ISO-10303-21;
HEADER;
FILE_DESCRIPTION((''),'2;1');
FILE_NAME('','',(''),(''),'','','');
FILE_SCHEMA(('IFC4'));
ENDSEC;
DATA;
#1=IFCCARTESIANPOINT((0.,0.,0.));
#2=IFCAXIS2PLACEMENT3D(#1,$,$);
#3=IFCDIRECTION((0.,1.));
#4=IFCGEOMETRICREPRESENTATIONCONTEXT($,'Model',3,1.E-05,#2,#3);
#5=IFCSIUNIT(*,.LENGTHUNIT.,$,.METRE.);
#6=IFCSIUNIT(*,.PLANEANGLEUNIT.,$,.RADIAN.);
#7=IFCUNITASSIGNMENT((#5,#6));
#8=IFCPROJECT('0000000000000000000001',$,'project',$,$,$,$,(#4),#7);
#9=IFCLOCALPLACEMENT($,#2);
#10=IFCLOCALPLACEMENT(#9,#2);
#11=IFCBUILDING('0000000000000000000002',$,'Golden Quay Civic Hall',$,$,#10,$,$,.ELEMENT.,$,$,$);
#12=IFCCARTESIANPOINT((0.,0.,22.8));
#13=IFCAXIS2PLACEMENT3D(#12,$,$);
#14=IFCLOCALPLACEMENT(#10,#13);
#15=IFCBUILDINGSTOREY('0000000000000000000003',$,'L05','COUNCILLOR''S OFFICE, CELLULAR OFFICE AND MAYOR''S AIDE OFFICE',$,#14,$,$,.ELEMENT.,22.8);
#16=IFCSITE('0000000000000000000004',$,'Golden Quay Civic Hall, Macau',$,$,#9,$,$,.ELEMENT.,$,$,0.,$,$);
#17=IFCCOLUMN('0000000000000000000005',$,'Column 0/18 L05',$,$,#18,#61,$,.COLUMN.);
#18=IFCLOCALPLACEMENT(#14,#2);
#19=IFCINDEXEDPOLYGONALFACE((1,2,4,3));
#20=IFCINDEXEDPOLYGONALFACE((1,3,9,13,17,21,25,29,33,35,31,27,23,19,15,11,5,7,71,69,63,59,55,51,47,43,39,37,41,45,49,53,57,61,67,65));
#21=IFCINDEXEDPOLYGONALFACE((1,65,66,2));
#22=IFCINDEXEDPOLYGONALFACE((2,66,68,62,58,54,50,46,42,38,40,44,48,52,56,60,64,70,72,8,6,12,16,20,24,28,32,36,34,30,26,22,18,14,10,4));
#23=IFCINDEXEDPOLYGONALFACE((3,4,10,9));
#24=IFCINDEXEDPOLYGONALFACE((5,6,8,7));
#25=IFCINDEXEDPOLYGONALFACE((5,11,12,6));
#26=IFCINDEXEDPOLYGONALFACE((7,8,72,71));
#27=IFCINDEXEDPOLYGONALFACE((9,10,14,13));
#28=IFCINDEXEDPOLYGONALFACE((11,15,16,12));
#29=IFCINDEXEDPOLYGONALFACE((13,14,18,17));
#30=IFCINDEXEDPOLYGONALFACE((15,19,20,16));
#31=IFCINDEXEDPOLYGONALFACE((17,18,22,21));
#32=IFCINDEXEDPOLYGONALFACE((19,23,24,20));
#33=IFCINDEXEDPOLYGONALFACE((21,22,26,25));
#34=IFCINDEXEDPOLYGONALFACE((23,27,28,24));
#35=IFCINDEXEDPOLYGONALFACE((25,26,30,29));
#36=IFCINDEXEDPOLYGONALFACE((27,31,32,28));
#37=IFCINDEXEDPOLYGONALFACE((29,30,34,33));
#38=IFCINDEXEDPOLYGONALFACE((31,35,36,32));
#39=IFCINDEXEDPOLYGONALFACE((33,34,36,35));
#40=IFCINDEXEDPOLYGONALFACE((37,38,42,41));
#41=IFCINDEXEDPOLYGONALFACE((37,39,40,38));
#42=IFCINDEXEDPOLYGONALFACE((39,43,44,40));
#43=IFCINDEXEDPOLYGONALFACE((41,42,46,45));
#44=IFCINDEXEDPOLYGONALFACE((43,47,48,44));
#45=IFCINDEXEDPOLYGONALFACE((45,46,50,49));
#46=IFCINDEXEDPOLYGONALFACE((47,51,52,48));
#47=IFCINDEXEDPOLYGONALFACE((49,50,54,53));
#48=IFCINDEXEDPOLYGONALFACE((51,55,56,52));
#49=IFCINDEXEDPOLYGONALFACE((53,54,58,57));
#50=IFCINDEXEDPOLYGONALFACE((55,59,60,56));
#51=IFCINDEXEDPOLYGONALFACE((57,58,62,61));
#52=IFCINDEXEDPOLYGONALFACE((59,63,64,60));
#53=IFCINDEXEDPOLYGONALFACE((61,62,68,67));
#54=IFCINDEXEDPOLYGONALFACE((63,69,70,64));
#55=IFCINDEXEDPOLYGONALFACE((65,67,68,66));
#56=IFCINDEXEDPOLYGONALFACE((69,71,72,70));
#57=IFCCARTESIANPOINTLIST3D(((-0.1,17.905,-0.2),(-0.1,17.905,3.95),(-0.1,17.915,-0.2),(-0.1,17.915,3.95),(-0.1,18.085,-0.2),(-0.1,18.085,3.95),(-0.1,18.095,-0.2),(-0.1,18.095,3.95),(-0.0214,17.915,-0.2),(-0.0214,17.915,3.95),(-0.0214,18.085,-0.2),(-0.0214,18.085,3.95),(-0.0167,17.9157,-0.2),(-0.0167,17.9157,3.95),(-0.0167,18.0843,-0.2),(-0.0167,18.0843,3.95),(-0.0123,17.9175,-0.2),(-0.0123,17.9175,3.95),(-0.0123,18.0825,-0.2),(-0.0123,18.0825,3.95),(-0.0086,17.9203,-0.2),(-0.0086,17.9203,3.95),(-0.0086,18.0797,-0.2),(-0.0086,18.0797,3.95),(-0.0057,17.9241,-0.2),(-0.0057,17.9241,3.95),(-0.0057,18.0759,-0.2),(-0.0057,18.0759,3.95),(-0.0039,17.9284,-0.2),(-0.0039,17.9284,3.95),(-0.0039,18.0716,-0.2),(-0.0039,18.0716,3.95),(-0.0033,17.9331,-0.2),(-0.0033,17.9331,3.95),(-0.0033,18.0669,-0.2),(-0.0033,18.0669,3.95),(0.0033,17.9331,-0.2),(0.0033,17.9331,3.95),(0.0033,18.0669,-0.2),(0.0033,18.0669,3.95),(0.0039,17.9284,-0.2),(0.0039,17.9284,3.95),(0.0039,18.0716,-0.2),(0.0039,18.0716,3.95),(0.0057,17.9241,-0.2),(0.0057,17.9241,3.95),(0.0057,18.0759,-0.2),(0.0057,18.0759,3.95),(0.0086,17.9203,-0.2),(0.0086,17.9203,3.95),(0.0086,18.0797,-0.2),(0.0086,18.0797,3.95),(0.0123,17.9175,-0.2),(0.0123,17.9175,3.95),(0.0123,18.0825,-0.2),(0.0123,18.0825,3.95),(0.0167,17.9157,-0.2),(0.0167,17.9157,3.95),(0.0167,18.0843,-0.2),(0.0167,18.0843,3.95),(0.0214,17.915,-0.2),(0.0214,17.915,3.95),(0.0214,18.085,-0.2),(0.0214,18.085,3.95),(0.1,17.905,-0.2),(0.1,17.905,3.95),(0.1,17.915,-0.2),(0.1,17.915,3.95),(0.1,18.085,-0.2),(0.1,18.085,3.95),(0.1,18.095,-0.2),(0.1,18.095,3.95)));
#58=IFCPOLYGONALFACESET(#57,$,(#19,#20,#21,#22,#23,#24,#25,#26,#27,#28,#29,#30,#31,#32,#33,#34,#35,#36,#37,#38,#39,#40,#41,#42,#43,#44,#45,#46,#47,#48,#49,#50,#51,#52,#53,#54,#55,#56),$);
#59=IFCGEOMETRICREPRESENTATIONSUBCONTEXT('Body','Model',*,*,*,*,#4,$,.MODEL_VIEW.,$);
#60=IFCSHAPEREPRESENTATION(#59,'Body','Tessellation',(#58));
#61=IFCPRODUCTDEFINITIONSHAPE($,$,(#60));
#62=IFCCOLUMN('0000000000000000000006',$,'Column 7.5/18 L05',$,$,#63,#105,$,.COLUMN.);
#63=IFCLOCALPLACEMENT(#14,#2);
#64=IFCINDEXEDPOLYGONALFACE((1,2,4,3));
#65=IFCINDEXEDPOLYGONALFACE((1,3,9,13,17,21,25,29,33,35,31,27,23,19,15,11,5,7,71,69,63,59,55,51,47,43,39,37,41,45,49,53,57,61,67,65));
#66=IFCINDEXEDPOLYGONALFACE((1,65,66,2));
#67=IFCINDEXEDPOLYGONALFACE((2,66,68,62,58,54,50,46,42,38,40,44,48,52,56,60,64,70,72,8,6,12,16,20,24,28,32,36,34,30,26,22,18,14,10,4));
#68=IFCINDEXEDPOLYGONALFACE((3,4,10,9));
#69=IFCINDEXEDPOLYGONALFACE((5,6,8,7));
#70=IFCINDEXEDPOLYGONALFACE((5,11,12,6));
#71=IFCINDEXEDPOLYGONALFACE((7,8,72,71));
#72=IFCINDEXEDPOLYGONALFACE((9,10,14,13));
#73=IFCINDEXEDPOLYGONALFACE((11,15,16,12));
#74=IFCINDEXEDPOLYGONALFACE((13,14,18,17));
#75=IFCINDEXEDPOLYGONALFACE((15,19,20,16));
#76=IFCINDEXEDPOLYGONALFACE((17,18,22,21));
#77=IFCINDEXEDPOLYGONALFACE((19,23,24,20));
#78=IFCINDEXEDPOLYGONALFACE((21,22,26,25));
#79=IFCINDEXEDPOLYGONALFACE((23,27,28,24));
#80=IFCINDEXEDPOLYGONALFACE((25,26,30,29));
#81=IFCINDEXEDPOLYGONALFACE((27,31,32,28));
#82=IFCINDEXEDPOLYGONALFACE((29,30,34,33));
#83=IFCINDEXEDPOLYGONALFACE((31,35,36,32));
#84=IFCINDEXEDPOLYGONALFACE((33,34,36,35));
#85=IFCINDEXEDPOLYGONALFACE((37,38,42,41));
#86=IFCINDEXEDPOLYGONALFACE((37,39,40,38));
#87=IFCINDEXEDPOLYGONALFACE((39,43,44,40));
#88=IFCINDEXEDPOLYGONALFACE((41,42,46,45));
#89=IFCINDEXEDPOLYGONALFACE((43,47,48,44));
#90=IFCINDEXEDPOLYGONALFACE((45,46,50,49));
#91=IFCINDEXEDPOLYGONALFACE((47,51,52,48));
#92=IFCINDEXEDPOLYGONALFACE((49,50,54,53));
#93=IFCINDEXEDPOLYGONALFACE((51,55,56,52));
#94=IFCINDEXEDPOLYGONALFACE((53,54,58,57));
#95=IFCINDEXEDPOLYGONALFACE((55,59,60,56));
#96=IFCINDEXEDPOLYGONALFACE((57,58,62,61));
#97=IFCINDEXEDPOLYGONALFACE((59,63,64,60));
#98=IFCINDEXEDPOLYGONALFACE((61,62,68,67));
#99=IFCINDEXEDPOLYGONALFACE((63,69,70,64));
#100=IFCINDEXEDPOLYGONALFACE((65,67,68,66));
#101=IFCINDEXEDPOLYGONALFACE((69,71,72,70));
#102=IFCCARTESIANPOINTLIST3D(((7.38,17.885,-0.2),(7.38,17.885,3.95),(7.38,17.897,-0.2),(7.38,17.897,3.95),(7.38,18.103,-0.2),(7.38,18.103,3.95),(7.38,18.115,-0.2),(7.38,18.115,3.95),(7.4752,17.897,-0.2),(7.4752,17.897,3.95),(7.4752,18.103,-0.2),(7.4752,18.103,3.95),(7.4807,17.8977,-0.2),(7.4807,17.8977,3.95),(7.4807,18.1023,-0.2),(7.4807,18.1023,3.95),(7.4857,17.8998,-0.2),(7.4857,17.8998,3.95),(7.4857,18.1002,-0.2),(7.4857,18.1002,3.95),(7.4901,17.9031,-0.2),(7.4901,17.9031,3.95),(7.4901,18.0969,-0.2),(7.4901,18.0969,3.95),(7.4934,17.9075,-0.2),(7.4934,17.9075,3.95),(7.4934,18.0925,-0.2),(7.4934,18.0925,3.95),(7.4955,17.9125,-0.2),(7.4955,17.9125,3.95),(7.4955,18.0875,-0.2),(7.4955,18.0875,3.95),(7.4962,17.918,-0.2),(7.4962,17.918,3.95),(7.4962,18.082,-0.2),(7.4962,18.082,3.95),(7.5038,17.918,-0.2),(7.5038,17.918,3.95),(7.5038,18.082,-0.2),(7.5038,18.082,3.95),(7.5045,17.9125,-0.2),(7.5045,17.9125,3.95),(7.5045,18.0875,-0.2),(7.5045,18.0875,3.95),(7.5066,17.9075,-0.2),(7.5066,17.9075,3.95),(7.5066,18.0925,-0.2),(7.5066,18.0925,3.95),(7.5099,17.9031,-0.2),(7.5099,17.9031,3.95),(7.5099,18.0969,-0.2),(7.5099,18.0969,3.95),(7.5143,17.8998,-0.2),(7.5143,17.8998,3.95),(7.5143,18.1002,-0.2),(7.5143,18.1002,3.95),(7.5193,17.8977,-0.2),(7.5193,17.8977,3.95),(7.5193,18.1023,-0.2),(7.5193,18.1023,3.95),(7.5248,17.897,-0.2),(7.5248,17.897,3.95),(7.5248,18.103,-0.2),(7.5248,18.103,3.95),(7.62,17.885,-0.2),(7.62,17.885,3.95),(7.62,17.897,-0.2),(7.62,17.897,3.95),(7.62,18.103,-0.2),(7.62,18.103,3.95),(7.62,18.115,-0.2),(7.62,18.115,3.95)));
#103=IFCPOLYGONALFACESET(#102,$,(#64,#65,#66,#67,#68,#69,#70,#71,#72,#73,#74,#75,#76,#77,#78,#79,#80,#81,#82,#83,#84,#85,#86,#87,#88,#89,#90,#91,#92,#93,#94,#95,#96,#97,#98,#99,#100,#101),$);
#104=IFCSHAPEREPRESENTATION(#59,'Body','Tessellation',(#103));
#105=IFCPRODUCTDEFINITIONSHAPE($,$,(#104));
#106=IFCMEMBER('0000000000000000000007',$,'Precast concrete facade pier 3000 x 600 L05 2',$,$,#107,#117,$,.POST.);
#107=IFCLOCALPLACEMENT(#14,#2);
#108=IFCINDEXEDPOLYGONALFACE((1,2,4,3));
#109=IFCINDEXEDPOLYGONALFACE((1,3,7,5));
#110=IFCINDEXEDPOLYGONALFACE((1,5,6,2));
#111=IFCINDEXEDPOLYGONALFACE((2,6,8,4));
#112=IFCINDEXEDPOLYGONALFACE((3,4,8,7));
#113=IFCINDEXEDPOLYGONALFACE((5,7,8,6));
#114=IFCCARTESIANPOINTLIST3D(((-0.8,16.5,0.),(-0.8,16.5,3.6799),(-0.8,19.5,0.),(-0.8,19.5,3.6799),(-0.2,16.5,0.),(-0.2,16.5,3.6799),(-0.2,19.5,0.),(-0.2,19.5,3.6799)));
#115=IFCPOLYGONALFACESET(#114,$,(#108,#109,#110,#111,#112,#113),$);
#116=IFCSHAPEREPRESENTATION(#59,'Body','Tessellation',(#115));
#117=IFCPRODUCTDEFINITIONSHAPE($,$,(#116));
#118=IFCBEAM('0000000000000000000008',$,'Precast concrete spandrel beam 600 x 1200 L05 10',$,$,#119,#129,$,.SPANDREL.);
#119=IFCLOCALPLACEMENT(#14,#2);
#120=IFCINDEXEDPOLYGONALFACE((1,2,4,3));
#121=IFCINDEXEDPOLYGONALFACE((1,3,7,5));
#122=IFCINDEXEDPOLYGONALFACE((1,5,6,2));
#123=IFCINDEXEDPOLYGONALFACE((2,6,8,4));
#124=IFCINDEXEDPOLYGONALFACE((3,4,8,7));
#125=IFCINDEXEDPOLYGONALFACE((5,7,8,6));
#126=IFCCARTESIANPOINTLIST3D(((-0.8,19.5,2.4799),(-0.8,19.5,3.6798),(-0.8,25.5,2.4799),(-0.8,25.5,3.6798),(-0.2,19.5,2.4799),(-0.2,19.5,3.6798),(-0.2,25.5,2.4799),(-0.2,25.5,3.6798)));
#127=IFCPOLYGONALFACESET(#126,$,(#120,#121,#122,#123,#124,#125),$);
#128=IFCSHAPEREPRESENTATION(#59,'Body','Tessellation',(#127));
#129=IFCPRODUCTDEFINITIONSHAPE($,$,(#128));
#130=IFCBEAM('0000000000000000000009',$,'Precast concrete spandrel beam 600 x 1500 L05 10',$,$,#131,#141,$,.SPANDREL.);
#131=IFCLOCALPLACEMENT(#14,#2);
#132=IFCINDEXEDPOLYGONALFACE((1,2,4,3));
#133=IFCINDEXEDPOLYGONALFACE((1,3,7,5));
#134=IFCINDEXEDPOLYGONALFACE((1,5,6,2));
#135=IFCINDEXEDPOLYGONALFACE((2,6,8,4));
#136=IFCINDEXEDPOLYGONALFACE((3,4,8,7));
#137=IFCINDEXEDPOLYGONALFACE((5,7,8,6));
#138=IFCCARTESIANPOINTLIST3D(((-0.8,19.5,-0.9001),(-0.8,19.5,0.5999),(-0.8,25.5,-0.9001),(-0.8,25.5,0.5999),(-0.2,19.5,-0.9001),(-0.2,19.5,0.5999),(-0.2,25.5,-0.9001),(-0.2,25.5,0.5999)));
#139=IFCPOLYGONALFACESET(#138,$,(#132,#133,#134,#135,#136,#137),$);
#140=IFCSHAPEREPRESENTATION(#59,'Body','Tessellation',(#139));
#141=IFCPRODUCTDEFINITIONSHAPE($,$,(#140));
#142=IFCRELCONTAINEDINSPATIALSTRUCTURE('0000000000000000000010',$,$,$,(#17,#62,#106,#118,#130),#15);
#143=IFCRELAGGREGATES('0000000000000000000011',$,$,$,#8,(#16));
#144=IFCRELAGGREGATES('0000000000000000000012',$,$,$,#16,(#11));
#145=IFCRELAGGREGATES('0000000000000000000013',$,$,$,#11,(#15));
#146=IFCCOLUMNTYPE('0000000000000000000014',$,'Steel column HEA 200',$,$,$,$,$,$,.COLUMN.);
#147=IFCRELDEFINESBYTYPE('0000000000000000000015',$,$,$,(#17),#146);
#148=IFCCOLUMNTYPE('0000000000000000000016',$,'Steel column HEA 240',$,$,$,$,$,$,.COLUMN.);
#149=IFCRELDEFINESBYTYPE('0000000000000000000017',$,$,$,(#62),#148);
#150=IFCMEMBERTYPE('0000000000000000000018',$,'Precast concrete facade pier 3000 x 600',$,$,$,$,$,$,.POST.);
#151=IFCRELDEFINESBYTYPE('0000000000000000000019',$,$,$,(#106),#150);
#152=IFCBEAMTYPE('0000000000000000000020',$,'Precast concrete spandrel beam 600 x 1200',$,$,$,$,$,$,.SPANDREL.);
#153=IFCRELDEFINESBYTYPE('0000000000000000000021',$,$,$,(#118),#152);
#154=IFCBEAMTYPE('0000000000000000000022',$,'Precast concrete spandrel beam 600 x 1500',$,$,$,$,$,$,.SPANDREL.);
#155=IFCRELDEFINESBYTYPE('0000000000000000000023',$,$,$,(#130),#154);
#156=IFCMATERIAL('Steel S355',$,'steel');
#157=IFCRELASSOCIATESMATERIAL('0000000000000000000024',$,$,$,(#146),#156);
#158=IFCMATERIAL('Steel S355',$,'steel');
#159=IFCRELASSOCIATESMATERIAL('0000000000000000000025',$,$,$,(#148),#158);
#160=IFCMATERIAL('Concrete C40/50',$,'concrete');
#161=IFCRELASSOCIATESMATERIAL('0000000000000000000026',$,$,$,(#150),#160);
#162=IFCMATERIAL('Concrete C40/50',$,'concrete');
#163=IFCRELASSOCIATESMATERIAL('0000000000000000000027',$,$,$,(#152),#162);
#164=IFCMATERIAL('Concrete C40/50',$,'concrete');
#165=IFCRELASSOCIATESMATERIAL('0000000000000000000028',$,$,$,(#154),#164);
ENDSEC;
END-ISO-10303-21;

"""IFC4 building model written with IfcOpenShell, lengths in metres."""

from ifc_helpers import new_model, si_unit, direction, frame, origin, origin_2d, place, context, subcontext, project, spatial, rectangle, i_section, extrude, material, material_profile, profile_set, type_object, element, save


model = new_model("IFC4")

# Units and contexts
model_context = context("Model", 3, precision=1e-05, world=origin(), true_north=direction((0.0, 1.0)))
body_context = subcontext(model_context, "Body", "Model", "MODEL_VIEW")
ifc_project = project(units=[si_unit("LENGTHUNIT", "METRE"), si_unit("PLANEANGLEUNIT", "RADIAN")], contexts=[model_context])

# Site, building, storey
site_placement = place(None, origin())
site = spatial("IfcSite", under=ifc_project, at=site_placement, Name="Golden Quay Civic Hall, Macau", CompositionType="ELEMENT", RefElevation=0.0)
building_placement = place(site_placement, origin())
building = spatial("IfcBuilding", under=site, at=building_placement, Name="Golden Quay Civic Hall", CompositionType="ELEMENT")
storey_placement = place(building_placement, frame((0.0, 0.0, 22.8)))
storey = spatial("IfcBuildingStorey", under=building, at=storey_placement, Name="L05", Description="COUNCILLOR'S OFFICE, CELLULAR OFFICE AND MAYOR'S AIDE OFFICE", CompositionType="ELEMENT", Elevation=22.8)

# Columns
ifc_material_1 = material(Name="Steel S355", Category="steel")
ifc_material_profile_1 = material_profile(ifc_material_1, i_section(OverallWidth=0.2, OverallDepth=0.1899, WebThickness=0.0066, FlangeThickness=0.01, FilletRadius=0.0181, at=origin_2d()), Name="HEA 200")
ifc_profile_set_1 = profile_set([ifc_material_profile_1], Name="Steel S355")
column_type_1 = type_object("IfcColumnType", Name="Steel column HEA 200", PredefinedType="COLUMN", material=ifc_profile_set_1)
column_1_placement = place(storey_placement, frame((0.0, 18.0, -0.2), z_axis=(0.0, 0.0, 1.0), x_axis=(1.0, 0.0, 0.0)))
element("IfcColumn", 1, at=column_1_placement, inside=storey, type_object=column_type_1, Name="Column 0/18 L05", PredefinedType="COLUMN", context=body_context, shape_type="SweptSolid", body=[
    extrude(i_section(OverallWidth=0.2, OverallDepth=0.1899, WebThickness=0.0066, FlangeThickness=0.01, FilletRadius=0.0181, at=origin_2d()), origin(), (0.0, 0.0, 1.0), 4.1499),
])
ifc_material_2 = material(Name="Steel S355", Category="steel")
ifc_material_profile_2 = material_profile(ifc_material_2, i_section(OverallWidth=0.24, OverallDepth=0.23, WebThickness=0.0076, FlangeThickness=0.012, FilletRadius=0.021, at=origin_2d()), Name="HEA 240")
ifc_profile_set_2 = profile_set([ifc_material_profile_2], Name="Steel S355")
column_type_2 = type_object("IfcColumnType", Name="Steel column HEA 240", PredefinedType="COLUMN", material=ifc_profile_set_2)
column_2_placement = place(storey_placement, frame((7.5, 18.0, -0.2), z_axis=(0.0, 0.0, 1.0), x_axis=(1.0, 0.0, 0.0)))
element("IfcColumn", 2, at=column_2_placement, inside=storey, type_object=column_type_2, Name="Column 7.5/18 L05", PredefinedType="COLUMN", context=body_context, shape_type="SweptSolid", body=[
    extrude(i_section(OverallWidth=0.24, OverallDepth=0.23, WebThickness=0.0076, FlangeThickness=0.012, FilletRadius=0.021, at=origin_2d()), origin(), (0.0, 0.0, 1.0), 4.1499),
])

# Member
ifc_material_3 = material(Name="Concrete C40/50", Category="concrete")
ifc_material_profile_3 = material_profile(ifc_material_3, rectangle(XDim=3.0, YDim=0.6001, at=origin_2d()), Name="RC 3000x600")
ifc_profile_set_3 = profile_set([ifc_material_profile_3], Name="Concrete C40/50")
member_type = type_object("IfcMemberType", Name="Precast concrete facade pier 3000 x 600", PredefinedType="POST", material=ifc_profile_set_3)
member_placement = place(storey_placement, frame((-0.5, 18.0, 0.0), z_axis=(0.0, 0.0, 1.0), x_axis=(0.0, 1.0, 0.0)))
element("IfcMember", 3, at=member_placement, inside=storey, type_object=member_type, Name="Precast concrete facade pier 3000 x 600 L05 2", PredefinedType="POST", context=body_context, shape_type="SweptSolid", body=[
    extrude(rectangle(XDim=3.0, YDim=0.6001, at=origin_2d()), origin(), (0.0, 0.0, 1.0), 3.6799),
])

# Beams
ifc_material_4 = material(Name="Concrete C40/50", Category="concrete")
ifc_material_profile_4 = material_profile(ifc_material_4, rectangle(XDim=0.6001, YDim=1.2, at=origin_2d()), Name="RC 600x1200")
ifc_profile_set_4 = profile_set([ifc_material_profile_4], Name="Concrete C40/50")
beam_type_1 = type_object("IfcBeamType", Name="Precast concrete spandrel beam 600 x 1200", PredefinedType="SPANDREL", material=ifc_profile_set_4)
beam_1_placement = place(storey_placement, frame((-0.5, 19.5, 3.0798), z_axis=(0.0, 1.0, 0.0), x_axis=(-1.0, 0.0, 0.0)))
element("IfcBeam", 4, at=beam_1_placement, inside=storey, type_object=beam_type_1, Name="Precast concrete spandrel beam 600 x 1200 L05 10", PredefinedType="SPANDREL", context=body_context, shape_type="SweptSolid", body=[
    extrude(rectangle(XDim=0.6001, YDim=1.2, at=origin_2d()), origin(), (0.0, 0.0, 1.0), 6.0),
])
ifc_material_5 = material(Name="Concrete C40/50", Category="concrete")
ifc_material_profile_5 = material_profile(ifc_material_5, rectangle(XDim=0.6001, YDim=1.5, at=origin_2d()), Name="RC 600x1500")
ifc_profile_set_5 = profile_set([ifc_material_profile_5], Name="Concrete C40/50")
beam_type_2 = type_object("IfcBeamType", Name="Precast concrete spandrel beam 600 x 1500", PredefinedType="SPANDREL", material=ifc_profile_set_5)
beam_2_placement = place(storey_placement, frame((-0.5, 19.5, -0.1501), z_axis=(0.0, 1.0, 0.0), x_axis=(-1.0, 0.0, 0.0)))
element("IfcBeam", 5, at=beam_2_placement, inside=storey, type_object=beam_type_2, Name="Precast concrete spandrel beam 600 x 1500 L05 10", PredefinedType="SPANDREL", context=body_context, shape_type="SweptSolid", body=[
    extrude(rectangle(XDim=0.6001, YDim=1.5, at=origin_2d()), origin(), (0.0, 0.0, 1.0), 6.0),
])

save(model, "model.ifc")
